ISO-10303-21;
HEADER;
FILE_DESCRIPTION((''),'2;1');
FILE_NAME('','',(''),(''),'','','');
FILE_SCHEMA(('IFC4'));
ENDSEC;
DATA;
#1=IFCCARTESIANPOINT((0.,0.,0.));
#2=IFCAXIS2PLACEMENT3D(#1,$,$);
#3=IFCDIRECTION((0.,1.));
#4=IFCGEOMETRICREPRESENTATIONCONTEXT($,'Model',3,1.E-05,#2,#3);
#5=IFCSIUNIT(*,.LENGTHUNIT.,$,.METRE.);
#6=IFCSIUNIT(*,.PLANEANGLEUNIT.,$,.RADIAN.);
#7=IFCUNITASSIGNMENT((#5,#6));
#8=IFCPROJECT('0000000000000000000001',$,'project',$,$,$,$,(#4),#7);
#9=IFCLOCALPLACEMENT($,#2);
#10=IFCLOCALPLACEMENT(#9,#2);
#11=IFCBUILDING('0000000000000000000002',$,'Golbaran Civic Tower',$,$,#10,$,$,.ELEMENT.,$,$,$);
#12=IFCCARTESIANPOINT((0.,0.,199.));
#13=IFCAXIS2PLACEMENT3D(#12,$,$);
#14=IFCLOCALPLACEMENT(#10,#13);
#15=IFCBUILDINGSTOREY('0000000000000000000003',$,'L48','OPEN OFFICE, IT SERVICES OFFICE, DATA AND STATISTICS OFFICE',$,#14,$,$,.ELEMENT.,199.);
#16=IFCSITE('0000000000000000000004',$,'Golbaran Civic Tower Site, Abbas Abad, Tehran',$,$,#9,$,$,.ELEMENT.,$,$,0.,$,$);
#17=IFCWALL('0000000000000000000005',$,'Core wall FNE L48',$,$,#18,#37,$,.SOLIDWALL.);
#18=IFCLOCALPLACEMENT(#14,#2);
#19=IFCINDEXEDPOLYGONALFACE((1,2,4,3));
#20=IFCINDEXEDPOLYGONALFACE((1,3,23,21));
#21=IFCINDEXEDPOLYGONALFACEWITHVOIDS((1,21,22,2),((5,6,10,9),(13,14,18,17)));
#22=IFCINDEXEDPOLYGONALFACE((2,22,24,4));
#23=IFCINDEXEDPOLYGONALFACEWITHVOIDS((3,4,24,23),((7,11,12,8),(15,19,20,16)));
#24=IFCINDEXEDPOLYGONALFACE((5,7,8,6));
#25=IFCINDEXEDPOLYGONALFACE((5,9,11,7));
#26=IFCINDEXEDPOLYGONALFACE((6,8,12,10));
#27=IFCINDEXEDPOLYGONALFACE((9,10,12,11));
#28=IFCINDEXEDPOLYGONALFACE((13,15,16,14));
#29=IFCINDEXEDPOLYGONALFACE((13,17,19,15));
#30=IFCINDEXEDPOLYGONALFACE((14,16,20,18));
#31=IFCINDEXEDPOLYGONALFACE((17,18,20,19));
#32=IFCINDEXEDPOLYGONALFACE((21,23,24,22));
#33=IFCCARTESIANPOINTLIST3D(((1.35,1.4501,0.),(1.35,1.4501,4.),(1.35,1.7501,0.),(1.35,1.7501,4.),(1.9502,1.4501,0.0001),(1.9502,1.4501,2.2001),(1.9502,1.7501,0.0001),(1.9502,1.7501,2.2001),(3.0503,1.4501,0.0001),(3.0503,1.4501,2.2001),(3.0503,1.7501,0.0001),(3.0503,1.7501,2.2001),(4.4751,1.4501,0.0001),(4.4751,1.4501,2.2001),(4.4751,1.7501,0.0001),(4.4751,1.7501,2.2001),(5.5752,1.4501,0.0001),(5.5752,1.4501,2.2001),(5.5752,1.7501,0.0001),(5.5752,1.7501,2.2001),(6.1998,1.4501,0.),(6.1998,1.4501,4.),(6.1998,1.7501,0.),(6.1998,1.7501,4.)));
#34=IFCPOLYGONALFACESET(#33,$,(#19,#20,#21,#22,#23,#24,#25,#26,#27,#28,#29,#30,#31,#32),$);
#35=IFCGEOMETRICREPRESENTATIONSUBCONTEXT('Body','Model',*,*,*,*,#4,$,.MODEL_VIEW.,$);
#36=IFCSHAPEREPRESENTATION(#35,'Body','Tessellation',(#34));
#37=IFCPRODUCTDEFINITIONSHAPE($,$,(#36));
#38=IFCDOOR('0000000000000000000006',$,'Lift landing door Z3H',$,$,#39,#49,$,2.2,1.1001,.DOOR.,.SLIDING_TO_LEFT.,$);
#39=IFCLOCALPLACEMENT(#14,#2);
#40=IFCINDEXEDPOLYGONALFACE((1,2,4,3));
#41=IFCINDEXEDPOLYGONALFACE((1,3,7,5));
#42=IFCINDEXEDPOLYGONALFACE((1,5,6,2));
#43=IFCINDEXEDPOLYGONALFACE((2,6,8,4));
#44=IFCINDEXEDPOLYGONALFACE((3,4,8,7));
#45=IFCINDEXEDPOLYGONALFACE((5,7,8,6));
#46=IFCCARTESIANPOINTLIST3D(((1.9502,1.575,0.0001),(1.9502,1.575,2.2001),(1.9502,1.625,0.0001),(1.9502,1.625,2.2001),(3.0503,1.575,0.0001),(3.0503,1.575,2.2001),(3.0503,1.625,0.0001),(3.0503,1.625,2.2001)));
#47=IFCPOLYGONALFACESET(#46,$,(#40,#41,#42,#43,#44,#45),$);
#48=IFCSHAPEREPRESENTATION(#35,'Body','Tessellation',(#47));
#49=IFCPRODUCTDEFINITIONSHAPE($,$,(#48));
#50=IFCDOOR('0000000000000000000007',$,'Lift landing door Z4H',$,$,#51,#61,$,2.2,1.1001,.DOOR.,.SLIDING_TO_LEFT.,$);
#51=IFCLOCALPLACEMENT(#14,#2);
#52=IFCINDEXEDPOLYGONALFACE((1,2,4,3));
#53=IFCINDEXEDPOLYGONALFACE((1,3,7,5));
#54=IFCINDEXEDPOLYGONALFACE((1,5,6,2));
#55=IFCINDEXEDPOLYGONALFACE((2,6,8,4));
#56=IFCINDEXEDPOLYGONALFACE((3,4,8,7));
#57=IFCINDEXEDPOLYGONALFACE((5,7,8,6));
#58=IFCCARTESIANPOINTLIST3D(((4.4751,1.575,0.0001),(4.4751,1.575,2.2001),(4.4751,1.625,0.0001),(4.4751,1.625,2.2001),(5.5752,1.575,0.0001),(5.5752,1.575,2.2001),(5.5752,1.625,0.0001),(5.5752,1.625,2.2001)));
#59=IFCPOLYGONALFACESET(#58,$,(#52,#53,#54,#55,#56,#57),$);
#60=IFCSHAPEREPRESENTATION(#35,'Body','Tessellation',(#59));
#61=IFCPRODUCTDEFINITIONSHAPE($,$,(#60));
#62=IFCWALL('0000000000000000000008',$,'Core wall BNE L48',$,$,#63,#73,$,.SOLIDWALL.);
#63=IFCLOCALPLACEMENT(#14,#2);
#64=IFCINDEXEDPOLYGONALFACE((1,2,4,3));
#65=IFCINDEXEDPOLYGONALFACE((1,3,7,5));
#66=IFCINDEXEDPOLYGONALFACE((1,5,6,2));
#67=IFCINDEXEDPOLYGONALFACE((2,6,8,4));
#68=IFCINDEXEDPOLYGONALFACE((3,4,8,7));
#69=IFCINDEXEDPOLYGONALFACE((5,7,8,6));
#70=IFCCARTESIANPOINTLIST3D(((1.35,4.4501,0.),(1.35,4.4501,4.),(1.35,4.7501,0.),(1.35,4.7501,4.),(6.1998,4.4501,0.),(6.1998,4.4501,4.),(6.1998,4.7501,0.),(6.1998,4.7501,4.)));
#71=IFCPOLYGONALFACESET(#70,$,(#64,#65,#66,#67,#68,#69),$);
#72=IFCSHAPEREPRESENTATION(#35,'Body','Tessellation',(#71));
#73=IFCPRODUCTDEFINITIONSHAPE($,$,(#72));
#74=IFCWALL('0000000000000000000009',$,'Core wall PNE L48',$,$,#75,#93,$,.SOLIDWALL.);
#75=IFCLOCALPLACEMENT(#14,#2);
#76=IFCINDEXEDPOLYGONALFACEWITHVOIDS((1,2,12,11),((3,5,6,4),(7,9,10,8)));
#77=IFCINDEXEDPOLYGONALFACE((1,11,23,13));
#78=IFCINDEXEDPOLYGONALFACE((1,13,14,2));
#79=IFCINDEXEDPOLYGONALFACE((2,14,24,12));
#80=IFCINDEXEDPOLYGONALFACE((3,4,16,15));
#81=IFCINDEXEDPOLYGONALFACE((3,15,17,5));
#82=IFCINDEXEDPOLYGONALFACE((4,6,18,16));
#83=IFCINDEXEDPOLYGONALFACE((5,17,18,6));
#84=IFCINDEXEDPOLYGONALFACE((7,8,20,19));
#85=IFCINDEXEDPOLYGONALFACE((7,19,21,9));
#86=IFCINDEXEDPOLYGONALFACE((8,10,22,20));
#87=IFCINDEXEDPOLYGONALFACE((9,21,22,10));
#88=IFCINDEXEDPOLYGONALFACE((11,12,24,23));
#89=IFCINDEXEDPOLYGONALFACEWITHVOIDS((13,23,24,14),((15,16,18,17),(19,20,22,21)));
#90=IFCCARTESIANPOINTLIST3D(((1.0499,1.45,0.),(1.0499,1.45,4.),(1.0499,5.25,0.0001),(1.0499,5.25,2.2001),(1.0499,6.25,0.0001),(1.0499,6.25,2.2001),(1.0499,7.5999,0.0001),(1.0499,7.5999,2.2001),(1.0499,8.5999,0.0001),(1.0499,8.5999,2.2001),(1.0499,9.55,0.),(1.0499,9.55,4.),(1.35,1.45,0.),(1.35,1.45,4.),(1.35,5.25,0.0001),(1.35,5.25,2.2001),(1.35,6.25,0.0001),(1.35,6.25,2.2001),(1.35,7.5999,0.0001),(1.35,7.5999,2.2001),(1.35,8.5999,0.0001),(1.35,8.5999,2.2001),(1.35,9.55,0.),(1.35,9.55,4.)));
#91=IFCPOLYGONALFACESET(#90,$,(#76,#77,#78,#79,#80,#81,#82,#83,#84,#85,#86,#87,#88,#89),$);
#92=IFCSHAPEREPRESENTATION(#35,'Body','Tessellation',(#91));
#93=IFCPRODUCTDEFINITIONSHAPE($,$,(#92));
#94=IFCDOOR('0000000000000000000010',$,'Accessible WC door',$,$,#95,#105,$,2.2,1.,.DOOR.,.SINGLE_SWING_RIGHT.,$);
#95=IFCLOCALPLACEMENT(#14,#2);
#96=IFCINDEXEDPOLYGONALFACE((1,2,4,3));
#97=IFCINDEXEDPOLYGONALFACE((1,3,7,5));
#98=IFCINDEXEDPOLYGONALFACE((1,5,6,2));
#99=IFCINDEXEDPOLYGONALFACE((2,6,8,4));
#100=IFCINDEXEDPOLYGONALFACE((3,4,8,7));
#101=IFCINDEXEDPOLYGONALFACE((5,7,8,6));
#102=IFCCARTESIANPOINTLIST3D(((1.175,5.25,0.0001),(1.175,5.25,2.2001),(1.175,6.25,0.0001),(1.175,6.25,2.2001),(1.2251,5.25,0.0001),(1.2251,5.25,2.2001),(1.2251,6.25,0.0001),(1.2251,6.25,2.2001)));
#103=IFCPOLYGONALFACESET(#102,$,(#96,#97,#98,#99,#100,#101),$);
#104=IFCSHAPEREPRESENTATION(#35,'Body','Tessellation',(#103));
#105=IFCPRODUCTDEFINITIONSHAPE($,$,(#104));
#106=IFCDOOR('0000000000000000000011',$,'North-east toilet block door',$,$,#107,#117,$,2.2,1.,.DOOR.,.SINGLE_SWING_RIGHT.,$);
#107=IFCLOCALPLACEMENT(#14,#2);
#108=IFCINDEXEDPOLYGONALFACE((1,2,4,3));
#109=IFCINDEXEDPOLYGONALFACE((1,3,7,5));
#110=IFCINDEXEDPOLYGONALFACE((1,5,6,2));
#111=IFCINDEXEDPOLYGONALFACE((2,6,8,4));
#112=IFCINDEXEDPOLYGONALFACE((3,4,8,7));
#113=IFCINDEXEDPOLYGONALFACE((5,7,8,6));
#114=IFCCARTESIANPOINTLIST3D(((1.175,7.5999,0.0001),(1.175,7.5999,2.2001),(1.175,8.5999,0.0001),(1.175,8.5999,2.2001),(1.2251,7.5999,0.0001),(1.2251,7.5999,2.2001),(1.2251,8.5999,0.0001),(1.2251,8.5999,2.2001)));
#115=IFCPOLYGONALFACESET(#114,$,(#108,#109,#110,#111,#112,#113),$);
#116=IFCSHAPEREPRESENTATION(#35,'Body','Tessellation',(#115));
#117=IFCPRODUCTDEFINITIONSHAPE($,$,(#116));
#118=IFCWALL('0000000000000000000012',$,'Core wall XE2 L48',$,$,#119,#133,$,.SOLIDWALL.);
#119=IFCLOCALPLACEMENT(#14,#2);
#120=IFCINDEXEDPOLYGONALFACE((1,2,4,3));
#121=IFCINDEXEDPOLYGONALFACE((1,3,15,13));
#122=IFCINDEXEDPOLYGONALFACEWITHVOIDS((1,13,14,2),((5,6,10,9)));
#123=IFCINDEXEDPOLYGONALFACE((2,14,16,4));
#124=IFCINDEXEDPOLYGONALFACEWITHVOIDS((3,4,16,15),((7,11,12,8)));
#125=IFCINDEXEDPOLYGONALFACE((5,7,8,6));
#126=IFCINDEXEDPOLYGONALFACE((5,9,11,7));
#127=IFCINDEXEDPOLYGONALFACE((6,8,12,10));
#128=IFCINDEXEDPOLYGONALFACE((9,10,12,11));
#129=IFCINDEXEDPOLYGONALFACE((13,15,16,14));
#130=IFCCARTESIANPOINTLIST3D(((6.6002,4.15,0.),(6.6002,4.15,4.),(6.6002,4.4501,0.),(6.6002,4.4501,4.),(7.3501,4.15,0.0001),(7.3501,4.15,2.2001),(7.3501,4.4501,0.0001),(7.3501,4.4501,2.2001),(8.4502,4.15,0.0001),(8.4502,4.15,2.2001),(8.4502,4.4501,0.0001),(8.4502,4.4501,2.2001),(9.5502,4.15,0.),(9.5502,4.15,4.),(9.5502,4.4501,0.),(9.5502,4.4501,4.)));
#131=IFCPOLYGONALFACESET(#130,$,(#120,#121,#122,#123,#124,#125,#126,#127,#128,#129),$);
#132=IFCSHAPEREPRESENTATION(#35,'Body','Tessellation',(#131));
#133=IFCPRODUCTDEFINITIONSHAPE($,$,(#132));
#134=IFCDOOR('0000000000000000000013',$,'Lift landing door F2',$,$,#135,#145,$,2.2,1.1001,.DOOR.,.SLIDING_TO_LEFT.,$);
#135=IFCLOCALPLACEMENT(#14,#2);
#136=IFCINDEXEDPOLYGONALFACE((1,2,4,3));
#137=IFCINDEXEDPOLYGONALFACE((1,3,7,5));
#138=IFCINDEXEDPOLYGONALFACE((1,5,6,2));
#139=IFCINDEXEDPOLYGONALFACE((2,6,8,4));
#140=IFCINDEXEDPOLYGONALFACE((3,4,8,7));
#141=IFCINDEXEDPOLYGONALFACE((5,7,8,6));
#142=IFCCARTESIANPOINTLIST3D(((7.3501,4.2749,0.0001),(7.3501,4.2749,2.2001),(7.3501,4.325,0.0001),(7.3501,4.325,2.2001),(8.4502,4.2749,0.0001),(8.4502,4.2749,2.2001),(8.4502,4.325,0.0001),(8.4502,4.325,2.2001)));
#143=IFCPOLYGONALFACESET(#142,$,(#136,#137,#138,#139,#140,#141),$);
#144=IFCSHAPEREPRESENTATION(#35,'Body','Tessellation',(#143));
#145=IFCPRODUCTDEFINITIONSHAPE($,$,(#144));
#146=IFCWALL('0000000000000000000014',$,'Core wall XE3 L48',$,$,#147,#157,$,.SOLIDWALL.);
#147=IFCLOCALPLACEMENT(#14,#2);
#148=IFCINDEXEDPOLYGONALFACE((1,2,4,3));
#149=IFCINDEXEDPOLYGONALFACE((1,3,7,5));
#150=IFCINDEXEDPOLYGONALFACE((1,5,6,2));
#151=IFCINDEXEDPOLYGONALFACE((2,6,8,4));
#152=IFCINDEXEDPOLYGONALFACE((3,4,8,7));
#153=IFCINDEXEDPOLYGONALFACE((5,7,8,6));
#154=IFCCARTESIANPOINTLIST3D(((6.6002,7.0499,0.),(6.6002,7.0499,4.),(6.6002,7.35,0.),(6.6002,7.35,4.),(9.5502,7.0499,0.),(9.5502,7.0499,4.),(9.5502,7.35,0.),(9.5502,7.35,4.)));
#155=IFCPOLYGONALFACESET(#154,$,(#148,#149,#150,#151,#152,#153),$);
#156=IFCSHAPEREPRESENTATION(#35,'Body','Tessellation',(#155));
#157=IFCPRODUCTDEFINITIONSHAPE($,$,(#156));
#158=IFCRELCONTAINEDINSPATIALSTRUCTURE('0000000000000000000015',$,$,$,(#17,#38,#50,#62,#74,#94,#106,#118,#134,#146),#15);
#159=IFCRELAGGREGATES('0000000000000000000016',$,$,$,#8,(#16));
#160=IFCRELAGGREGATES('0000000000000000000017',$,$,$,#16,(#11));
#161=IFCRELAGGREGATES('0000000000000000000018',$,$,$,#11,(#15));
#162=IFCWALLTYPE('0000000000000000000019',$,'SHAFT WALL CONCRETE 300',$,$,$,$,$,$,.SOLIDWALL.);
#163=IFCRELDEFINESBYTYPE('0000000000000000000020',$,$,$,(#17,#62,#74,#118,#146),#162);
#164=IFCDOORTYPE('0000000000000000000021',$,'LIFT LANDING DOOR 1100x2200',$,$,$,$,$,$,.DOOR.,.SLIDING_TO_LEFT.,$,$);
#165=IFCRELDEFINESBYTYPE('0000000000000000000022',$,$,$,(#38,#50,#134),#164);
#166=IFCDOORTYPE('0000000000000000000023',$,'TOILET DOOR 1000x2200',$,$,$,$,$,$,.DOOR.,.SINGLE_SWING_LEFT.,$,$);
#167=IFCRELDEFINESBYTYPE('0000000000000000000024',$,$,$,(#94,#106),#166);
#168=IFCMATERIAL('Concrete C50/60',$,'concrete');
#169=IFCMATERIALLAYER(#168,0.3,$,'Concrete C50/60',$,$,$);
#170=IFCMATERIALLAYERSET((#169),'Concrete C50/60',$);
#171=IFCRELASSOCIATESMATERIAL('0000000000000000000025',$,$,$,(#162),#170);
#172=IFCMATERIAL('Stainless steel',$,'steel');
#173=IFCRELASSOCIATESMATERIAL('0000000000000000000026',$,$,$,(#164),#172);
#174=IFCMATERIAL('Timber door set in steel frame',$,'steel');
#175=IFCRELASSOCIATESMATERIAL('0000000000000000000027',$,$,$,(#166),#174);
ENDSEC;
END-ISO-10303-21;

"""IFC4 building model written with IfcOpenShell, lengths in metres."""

from ifc_helpers import new_model, si_unit, direction, frame, frame_2d, origin, place, context, subcontext, project, spatial, rectangle, extrude, material, layer, layer_set, type_object, element, fill, save


model = new_model("IFC4")

# Units and contexts
model_context = context("Model", 3, precision=1e-05, world=origin(), true_north=direction((0.0, 1.0)))
body_context = subcontext(model_context, "Body", "Model", "MODEL_VIEW")
ifc_project = project(units=[si_unit("LENGTHUNIT", "METRE"), si_unit("PLANEANGLEUNIT", "RADIAN")], contexts=[model_context])

# Site, building, storey
site_placement = place(None, origin())
site = spatial("IfcSite", under=ifc_project, at=site_placement, Name="Golbaran Civic Tower Site, Abbas Abad, Tehran", CompositionType="ELEMENT", RefElevation=0.0)
building_placement = place(site_placement, origin())
building = spatial("IfcBuilding", under=site, at=building_placement, Name="Golbaran Civic Tower", CompositionType="ELEMENT")
storey_placement = place(building_placement, frame((0.0, 0.0, 199.0)))
storey = spatial("IfcBuildingStorey", under=building, at=storey_placement, Name="L48", Description="OPEN OFFICE, IT SERVICES OFFICE, DATA AND STATISTICS OFFICE", CompositionType="ELEMENT", Elevation=199.0)

# Shared definitions
ifc_material_1 = material(Name="Timber door set in steel frame", Category="steel")

# Shared definitions
ifc_material_2 = material(Name="Concrete C50/60", Category="concrete")

# Wall, openings, doors
ifc_layer_1 = layer(ifc_material_2, 0.3, Name="Concrete C50/60")
ifc_layer_set_1 = layer_set([ifc_layer_1], Name="Concrete C50/60")
wall_type_1 = type_object("IfcWallType", Name="SHAFT WALL CONCRETE 300", PredefinedType="SOLIDWALL", material=ifc_layer_set_1)
wall_1_placement = place(storey_placement, frame((1.3501, 1.6001, 0.0), z_axis=(0.0, 0.0, 1.0), x_axis=(1.0, 0.0, 0.0)))
wall_1 = element("IfcWall", 1, at=wall_1_placement, inside=storey, type_object=wall_type_1, Name="Core wall FNE L48", PredefinedType="SOLIDWALL", context=body_context, shape_type="SweptSolid", body=[
    extrude(rectangle(XDim=4.8499, YDim=0.3, at=frame_2d((2.4248, 0.0))), origin(), (0.0, 0.0, 1.0), 4.0),
])
opening_1_placement = place(wall_1_placement, frame((0.6001, 0.0, 0.0)))
opening_1 = element("IfcOpeningElement", 2, at=opening_1_placement, cuts=wall_1, PredefinedType="OPENING", context=body_context, shape_type="SweptSolid", body=[
    extrude(rectangle(XDim=1.1001, YDim=2.2, at=frame_2d((0.55, 1.1001))), frame((0.0, 0.1599, 0.0), z_axis=(0.0, -1.0, 0.0), x_axis=(1.0, 0.0, 0.0)), (0.0, 0.0, 1.0), 0.3201),
])
opening_2_placement = place(wall_1_placement, frame((3.125, 0.0, 0.0)))
opening_2 = element("IfcOpeningElement", 3, at=opening_2_placement, cuts=wall_1, PredefinedType="OPENING", context=body_context, shape_type="SweptSolid", body=[
    extrude(rectangle(XDim=1.1001, YDim=2.2, at=frame_2d((0.55, 1.1001))), frame((0.0, 0.1599, 0.0), z_axis=(0.0, -1.0, 0.0), x_axis=(1.0, 0.0, 0.0)), (0.0, 0.0, 1.0), 0.3201),
])
ifc_material_3 = material(Name="Stainless steel", Category="steel")
door_type_1 = type_object("IfcDoorType", Name="LIFT LANDING DOOR 1100x2200", OperationType="SLIDING_TO_LEFT", PredefinedType="DOOR", material=ifc_material_3)
door_1_placement = place(opening_1_placement, origin())
door_1 = element("IfcDoor", 4, at=door_1_placement, inside=storey, type_object=door_type_1, Name="Lift landing door Z3H", OperationType="SLIDING_TO_LEFT", OverallHeight=2.2, OverallWidth=1.1001, PredefinedType="DOOR", context=body_context, shape_type="SweptSolid", body=[
    extrude(rectangle(XDim=1.1001, YDim=2.2, at=frame_2d((0.55, 1.1001))), frame((0.0, 0.0249, 0.0), z_axis=(0.0, -1.0, 0.0), x_axis=(1.0, 0.0, 0.0)), (0.0, 0.0, 1.0), 0.05),
])
fill(opening_1, door_1)
door_2_placement = place(opening_2_placement, origin())
door_2 = element("IfcDoor", 5, at=door_2_placement, inside=storey, type_object=door_type_1, Name="Lift landing door Z4H", OperationType="SLIDING_TO_LEFT", OverallHeight=2.2, OverallWidth=1.1001, PredefinedType="DOOR", context=body_context, shape_type="SweptSolid", body=[
    extrude(rectangle(XDim=1.1001, YDim=2.2, at=frame_2d((0.55, 1.1001))), frame((0.0, 0.0249, 0.0), z_axis=(0.0, -1.0, 0.0), x_axis=(1.0, 0.0, 0.0)), (0.0, 0.0, 1.0), 0.05),
])
fill(opening_2, door_2)

# Wall
wall_2_placement = place(storey_placement, frame((1.3501, 4.6001, 0.0), z_axis=(0.0, 0.0, 1.0), x_axis=(1.0, 0.0, 0.0)))
element("IfcWall", 6, at=wall_2_placement, inside=storey, type_object=wall_type_1, Name="Core wall BNE L48", PredefinedType="SOLIDWALL", context=body_context, shape_type="SweptSolid", body=[
    extrude(rectangle(XDim=4.8499, YDim=0.3, at=frame_2d((2.4248, 0.0))), origin(), (0.0, 0.0, 1.0), 4.0),
])

# Wall, openings, doors
wall_3_placement = place(storey_placement, frame((1.2, 1.45, 0.0), z_axis=(0.0, 0.0, 1.0), x_axis=(0.0, 1.0, 0.0)))
wall_3 = element("IfcWall", 7, at=wall_3_placement, inside=storey, type_object=wall_type_1, Name="Core wall PNE L48", PredefinedType="SOLIDWALL", context=body_context, shape_type="SweptSolid", body=[
    extrude(rectangle(XDim=8.1001, YDim=0.3, at=frame_2d((4.05, 0.0))), origin(), (0.0, 0.0, 1.0), 4.0),
])
opening_3_placement = place(wall_3_placement, frame((3.8, 0.0, 0.0)))
opening_3 = element("IfcOpeningElement", 8, at=opening_3_placement, cuts=wall_3, PredefinedType="OPENING", context=body_context, shape_type="SweptSolid", body=[
    extrude(rectangle(XDim=1.0, YDim=2.2, at=frame_2d((0.5, 1.1001))), frame((0.0, 0.1599, 0.0), z_axis=(0.0, -1.0, 0.0), x_axis=(1.0, 0.0, 0.0)), (0.0, 0.0, 1.0), 0.3201),
])
opening_4_placement = place(wall_3_placement, frame((6.1499, 0.0, 0.0)))
opening_4 = element("IfcOpeningElement", 9, at=opening_4_placement, cuts=wall_3, PredefinedType="OPENING", context=body_context, shape_type="SweptSolid", body=[
    extrude(rectangle(XDim=1.0, YDim=2.2, at=frame_2d((0.5, 1.1001))), frame((0.0, 0.1599, 0.0), z_axis=(0.0, -1.0, 0.0), x_axis=(1.0, 0.0, 0.0)), (0.0, 0.0, 1.0), 0.3201),
])
door_type_2 = type_object("IfcDoorType", Name="TOILET DOOR 1000x2200", OperationType="SINGLE_SWING_LEFT", PredefinedType="DOOR", material=ifc_material_1)
door_3_placement = place(opening_3_placement, origin())
door_3 = element("IfcDoor", 10, at=door_3_placement, inside=storey, type_object=door_type_2, Name="Accessible WC door", OperationType="SINGLE_SWING_RIGHT", OverallHeight=2.2, OverallWidth=1.0, PredefinedType="DOOR", context=body_context, shape_type="SweptSolid", body=[
    extrude(rectangle(XDim=1.0, YDim=2.2, at=frame_2d((0.5, 1.1001))), frame((0.0, 0.0249, 0.0), z_axis=(0.0, -1.0, 0.0), x_axis=(1.0, 0.0, 0.0)), (0.0, 0.0, 1.0), 0.05),
])
fill(opening_3, door_3)
door_4_placement = place(opening_4_placement, origin())
door_4 = element("IfcDoor", 11, at=door_4_placement, inside=storey, type_object=door_type_2, Name="North-east toilet block door", OperationType="SINGLE_SWING_RIGHT", OverallHeight=2.2, OverallWidth=1.0, PredefinedType="DOOR", context=body_context, shape_type="SweptSolid", body=[
    extrude(rectangle(XDim=1.0, YDim=2.2, at=frame_2d((0.5, 1.1001))), frame((0.0, 0.0249, 0.0), z_axis=(0.0, -1.0, 0.0), x_axis=(1.0, 0.0, 0.0)), (0.0, 0.0, 1.0), 0.05),
])
fill(opening_4, door_4)

# Wall, opening, door
wall_4_placement = place(storey_placement, frame((6.6001, 4.3, 0.0), z_axis=(0.0, 0.0, 1.0), x_axis=(1.0, 0.0, 0.0)))
wall_4 = element("IfcWall", 12, at=wall_4_placement, inside=storey, type_object=wall_type_1, Name="Core wall XE2 L48", PredefinedType="SOLIDWALL", context=body_context, shape_type="SweptSolid", body=[
    extrude(rectangle(XDim=2.95, YDim=0.3, at=frame_2d((1.4751, 0.0))), origin(), (0.0, 0.0, 1.0), 4.0),
])
opening_5_placement = place(wall_4_placement, frame((0.75, 0.0, 0.0)))
opening_5 = element("IfcOpeningElement", 13, at=opening_5_placement, cuts=wall_4, PredefinedType="OPENING", context=body_context, shape_type="SweptSolid", body=[
    extrude(rectangle(XDim=1.1001, YDim=2.2, at=frame_2d((0.55, 1.1001))), frame((0.0, 0.1599, 0.0), z_axis=(0.0, -1.0, 0.0), x_axis=(1.0, 0.0, 0.0)), (0.0, 0.0, 1.0), 0.3201),
])
door_5_placement = place(opening_5_placement, origin())
door_5 = element("IfcDoor", 14, at=door_5_placement, inside=storey, type_object=door_type_1, Name="Lift landing door F2", OperationType="SLIDING_TO_LEFT", OverallHeight=2.2, OverallWidth=1.1001, PredefinedType="DOOR", context=body_context, shape_type="SweptSolid", body=[
    extrude(rectangle(XDim=1.1001, YDim=2.2, at=frame_2d((0.55, 1.1001))), frame((0.0, 0.0249, 0.0), z_axis=(0.0, -1.0, 0.0), x_axis=(1.0, 0.0, 0.0)), (0.0, 0.0, 1.0), 0.05),
])
fill(opening_5, door_5)

# Wall
wall_5_placement = place(storey_placement, frame((6.6001, 7.2, 0.0), z_axis=(0.0, 0.0, 1.0), x_axis=(1.0, 0.0, 0.0)))
element("IfcWall", 15, at=wall_5_placement, inside=storey, type_object=wall_type_1, Name="Core wall XE3 L48", PredefinedType="SOLIDWALL", context=body_context, shape_type="SweptSolid", body=[
    extrude(rectangle(XDim=2.95, YDim=0.3, at=frame_2d((1.4751, 0.0))), origin(), (0.0, 0.0, 1.0), 4.0),
])

save(model, "model.ifc")
